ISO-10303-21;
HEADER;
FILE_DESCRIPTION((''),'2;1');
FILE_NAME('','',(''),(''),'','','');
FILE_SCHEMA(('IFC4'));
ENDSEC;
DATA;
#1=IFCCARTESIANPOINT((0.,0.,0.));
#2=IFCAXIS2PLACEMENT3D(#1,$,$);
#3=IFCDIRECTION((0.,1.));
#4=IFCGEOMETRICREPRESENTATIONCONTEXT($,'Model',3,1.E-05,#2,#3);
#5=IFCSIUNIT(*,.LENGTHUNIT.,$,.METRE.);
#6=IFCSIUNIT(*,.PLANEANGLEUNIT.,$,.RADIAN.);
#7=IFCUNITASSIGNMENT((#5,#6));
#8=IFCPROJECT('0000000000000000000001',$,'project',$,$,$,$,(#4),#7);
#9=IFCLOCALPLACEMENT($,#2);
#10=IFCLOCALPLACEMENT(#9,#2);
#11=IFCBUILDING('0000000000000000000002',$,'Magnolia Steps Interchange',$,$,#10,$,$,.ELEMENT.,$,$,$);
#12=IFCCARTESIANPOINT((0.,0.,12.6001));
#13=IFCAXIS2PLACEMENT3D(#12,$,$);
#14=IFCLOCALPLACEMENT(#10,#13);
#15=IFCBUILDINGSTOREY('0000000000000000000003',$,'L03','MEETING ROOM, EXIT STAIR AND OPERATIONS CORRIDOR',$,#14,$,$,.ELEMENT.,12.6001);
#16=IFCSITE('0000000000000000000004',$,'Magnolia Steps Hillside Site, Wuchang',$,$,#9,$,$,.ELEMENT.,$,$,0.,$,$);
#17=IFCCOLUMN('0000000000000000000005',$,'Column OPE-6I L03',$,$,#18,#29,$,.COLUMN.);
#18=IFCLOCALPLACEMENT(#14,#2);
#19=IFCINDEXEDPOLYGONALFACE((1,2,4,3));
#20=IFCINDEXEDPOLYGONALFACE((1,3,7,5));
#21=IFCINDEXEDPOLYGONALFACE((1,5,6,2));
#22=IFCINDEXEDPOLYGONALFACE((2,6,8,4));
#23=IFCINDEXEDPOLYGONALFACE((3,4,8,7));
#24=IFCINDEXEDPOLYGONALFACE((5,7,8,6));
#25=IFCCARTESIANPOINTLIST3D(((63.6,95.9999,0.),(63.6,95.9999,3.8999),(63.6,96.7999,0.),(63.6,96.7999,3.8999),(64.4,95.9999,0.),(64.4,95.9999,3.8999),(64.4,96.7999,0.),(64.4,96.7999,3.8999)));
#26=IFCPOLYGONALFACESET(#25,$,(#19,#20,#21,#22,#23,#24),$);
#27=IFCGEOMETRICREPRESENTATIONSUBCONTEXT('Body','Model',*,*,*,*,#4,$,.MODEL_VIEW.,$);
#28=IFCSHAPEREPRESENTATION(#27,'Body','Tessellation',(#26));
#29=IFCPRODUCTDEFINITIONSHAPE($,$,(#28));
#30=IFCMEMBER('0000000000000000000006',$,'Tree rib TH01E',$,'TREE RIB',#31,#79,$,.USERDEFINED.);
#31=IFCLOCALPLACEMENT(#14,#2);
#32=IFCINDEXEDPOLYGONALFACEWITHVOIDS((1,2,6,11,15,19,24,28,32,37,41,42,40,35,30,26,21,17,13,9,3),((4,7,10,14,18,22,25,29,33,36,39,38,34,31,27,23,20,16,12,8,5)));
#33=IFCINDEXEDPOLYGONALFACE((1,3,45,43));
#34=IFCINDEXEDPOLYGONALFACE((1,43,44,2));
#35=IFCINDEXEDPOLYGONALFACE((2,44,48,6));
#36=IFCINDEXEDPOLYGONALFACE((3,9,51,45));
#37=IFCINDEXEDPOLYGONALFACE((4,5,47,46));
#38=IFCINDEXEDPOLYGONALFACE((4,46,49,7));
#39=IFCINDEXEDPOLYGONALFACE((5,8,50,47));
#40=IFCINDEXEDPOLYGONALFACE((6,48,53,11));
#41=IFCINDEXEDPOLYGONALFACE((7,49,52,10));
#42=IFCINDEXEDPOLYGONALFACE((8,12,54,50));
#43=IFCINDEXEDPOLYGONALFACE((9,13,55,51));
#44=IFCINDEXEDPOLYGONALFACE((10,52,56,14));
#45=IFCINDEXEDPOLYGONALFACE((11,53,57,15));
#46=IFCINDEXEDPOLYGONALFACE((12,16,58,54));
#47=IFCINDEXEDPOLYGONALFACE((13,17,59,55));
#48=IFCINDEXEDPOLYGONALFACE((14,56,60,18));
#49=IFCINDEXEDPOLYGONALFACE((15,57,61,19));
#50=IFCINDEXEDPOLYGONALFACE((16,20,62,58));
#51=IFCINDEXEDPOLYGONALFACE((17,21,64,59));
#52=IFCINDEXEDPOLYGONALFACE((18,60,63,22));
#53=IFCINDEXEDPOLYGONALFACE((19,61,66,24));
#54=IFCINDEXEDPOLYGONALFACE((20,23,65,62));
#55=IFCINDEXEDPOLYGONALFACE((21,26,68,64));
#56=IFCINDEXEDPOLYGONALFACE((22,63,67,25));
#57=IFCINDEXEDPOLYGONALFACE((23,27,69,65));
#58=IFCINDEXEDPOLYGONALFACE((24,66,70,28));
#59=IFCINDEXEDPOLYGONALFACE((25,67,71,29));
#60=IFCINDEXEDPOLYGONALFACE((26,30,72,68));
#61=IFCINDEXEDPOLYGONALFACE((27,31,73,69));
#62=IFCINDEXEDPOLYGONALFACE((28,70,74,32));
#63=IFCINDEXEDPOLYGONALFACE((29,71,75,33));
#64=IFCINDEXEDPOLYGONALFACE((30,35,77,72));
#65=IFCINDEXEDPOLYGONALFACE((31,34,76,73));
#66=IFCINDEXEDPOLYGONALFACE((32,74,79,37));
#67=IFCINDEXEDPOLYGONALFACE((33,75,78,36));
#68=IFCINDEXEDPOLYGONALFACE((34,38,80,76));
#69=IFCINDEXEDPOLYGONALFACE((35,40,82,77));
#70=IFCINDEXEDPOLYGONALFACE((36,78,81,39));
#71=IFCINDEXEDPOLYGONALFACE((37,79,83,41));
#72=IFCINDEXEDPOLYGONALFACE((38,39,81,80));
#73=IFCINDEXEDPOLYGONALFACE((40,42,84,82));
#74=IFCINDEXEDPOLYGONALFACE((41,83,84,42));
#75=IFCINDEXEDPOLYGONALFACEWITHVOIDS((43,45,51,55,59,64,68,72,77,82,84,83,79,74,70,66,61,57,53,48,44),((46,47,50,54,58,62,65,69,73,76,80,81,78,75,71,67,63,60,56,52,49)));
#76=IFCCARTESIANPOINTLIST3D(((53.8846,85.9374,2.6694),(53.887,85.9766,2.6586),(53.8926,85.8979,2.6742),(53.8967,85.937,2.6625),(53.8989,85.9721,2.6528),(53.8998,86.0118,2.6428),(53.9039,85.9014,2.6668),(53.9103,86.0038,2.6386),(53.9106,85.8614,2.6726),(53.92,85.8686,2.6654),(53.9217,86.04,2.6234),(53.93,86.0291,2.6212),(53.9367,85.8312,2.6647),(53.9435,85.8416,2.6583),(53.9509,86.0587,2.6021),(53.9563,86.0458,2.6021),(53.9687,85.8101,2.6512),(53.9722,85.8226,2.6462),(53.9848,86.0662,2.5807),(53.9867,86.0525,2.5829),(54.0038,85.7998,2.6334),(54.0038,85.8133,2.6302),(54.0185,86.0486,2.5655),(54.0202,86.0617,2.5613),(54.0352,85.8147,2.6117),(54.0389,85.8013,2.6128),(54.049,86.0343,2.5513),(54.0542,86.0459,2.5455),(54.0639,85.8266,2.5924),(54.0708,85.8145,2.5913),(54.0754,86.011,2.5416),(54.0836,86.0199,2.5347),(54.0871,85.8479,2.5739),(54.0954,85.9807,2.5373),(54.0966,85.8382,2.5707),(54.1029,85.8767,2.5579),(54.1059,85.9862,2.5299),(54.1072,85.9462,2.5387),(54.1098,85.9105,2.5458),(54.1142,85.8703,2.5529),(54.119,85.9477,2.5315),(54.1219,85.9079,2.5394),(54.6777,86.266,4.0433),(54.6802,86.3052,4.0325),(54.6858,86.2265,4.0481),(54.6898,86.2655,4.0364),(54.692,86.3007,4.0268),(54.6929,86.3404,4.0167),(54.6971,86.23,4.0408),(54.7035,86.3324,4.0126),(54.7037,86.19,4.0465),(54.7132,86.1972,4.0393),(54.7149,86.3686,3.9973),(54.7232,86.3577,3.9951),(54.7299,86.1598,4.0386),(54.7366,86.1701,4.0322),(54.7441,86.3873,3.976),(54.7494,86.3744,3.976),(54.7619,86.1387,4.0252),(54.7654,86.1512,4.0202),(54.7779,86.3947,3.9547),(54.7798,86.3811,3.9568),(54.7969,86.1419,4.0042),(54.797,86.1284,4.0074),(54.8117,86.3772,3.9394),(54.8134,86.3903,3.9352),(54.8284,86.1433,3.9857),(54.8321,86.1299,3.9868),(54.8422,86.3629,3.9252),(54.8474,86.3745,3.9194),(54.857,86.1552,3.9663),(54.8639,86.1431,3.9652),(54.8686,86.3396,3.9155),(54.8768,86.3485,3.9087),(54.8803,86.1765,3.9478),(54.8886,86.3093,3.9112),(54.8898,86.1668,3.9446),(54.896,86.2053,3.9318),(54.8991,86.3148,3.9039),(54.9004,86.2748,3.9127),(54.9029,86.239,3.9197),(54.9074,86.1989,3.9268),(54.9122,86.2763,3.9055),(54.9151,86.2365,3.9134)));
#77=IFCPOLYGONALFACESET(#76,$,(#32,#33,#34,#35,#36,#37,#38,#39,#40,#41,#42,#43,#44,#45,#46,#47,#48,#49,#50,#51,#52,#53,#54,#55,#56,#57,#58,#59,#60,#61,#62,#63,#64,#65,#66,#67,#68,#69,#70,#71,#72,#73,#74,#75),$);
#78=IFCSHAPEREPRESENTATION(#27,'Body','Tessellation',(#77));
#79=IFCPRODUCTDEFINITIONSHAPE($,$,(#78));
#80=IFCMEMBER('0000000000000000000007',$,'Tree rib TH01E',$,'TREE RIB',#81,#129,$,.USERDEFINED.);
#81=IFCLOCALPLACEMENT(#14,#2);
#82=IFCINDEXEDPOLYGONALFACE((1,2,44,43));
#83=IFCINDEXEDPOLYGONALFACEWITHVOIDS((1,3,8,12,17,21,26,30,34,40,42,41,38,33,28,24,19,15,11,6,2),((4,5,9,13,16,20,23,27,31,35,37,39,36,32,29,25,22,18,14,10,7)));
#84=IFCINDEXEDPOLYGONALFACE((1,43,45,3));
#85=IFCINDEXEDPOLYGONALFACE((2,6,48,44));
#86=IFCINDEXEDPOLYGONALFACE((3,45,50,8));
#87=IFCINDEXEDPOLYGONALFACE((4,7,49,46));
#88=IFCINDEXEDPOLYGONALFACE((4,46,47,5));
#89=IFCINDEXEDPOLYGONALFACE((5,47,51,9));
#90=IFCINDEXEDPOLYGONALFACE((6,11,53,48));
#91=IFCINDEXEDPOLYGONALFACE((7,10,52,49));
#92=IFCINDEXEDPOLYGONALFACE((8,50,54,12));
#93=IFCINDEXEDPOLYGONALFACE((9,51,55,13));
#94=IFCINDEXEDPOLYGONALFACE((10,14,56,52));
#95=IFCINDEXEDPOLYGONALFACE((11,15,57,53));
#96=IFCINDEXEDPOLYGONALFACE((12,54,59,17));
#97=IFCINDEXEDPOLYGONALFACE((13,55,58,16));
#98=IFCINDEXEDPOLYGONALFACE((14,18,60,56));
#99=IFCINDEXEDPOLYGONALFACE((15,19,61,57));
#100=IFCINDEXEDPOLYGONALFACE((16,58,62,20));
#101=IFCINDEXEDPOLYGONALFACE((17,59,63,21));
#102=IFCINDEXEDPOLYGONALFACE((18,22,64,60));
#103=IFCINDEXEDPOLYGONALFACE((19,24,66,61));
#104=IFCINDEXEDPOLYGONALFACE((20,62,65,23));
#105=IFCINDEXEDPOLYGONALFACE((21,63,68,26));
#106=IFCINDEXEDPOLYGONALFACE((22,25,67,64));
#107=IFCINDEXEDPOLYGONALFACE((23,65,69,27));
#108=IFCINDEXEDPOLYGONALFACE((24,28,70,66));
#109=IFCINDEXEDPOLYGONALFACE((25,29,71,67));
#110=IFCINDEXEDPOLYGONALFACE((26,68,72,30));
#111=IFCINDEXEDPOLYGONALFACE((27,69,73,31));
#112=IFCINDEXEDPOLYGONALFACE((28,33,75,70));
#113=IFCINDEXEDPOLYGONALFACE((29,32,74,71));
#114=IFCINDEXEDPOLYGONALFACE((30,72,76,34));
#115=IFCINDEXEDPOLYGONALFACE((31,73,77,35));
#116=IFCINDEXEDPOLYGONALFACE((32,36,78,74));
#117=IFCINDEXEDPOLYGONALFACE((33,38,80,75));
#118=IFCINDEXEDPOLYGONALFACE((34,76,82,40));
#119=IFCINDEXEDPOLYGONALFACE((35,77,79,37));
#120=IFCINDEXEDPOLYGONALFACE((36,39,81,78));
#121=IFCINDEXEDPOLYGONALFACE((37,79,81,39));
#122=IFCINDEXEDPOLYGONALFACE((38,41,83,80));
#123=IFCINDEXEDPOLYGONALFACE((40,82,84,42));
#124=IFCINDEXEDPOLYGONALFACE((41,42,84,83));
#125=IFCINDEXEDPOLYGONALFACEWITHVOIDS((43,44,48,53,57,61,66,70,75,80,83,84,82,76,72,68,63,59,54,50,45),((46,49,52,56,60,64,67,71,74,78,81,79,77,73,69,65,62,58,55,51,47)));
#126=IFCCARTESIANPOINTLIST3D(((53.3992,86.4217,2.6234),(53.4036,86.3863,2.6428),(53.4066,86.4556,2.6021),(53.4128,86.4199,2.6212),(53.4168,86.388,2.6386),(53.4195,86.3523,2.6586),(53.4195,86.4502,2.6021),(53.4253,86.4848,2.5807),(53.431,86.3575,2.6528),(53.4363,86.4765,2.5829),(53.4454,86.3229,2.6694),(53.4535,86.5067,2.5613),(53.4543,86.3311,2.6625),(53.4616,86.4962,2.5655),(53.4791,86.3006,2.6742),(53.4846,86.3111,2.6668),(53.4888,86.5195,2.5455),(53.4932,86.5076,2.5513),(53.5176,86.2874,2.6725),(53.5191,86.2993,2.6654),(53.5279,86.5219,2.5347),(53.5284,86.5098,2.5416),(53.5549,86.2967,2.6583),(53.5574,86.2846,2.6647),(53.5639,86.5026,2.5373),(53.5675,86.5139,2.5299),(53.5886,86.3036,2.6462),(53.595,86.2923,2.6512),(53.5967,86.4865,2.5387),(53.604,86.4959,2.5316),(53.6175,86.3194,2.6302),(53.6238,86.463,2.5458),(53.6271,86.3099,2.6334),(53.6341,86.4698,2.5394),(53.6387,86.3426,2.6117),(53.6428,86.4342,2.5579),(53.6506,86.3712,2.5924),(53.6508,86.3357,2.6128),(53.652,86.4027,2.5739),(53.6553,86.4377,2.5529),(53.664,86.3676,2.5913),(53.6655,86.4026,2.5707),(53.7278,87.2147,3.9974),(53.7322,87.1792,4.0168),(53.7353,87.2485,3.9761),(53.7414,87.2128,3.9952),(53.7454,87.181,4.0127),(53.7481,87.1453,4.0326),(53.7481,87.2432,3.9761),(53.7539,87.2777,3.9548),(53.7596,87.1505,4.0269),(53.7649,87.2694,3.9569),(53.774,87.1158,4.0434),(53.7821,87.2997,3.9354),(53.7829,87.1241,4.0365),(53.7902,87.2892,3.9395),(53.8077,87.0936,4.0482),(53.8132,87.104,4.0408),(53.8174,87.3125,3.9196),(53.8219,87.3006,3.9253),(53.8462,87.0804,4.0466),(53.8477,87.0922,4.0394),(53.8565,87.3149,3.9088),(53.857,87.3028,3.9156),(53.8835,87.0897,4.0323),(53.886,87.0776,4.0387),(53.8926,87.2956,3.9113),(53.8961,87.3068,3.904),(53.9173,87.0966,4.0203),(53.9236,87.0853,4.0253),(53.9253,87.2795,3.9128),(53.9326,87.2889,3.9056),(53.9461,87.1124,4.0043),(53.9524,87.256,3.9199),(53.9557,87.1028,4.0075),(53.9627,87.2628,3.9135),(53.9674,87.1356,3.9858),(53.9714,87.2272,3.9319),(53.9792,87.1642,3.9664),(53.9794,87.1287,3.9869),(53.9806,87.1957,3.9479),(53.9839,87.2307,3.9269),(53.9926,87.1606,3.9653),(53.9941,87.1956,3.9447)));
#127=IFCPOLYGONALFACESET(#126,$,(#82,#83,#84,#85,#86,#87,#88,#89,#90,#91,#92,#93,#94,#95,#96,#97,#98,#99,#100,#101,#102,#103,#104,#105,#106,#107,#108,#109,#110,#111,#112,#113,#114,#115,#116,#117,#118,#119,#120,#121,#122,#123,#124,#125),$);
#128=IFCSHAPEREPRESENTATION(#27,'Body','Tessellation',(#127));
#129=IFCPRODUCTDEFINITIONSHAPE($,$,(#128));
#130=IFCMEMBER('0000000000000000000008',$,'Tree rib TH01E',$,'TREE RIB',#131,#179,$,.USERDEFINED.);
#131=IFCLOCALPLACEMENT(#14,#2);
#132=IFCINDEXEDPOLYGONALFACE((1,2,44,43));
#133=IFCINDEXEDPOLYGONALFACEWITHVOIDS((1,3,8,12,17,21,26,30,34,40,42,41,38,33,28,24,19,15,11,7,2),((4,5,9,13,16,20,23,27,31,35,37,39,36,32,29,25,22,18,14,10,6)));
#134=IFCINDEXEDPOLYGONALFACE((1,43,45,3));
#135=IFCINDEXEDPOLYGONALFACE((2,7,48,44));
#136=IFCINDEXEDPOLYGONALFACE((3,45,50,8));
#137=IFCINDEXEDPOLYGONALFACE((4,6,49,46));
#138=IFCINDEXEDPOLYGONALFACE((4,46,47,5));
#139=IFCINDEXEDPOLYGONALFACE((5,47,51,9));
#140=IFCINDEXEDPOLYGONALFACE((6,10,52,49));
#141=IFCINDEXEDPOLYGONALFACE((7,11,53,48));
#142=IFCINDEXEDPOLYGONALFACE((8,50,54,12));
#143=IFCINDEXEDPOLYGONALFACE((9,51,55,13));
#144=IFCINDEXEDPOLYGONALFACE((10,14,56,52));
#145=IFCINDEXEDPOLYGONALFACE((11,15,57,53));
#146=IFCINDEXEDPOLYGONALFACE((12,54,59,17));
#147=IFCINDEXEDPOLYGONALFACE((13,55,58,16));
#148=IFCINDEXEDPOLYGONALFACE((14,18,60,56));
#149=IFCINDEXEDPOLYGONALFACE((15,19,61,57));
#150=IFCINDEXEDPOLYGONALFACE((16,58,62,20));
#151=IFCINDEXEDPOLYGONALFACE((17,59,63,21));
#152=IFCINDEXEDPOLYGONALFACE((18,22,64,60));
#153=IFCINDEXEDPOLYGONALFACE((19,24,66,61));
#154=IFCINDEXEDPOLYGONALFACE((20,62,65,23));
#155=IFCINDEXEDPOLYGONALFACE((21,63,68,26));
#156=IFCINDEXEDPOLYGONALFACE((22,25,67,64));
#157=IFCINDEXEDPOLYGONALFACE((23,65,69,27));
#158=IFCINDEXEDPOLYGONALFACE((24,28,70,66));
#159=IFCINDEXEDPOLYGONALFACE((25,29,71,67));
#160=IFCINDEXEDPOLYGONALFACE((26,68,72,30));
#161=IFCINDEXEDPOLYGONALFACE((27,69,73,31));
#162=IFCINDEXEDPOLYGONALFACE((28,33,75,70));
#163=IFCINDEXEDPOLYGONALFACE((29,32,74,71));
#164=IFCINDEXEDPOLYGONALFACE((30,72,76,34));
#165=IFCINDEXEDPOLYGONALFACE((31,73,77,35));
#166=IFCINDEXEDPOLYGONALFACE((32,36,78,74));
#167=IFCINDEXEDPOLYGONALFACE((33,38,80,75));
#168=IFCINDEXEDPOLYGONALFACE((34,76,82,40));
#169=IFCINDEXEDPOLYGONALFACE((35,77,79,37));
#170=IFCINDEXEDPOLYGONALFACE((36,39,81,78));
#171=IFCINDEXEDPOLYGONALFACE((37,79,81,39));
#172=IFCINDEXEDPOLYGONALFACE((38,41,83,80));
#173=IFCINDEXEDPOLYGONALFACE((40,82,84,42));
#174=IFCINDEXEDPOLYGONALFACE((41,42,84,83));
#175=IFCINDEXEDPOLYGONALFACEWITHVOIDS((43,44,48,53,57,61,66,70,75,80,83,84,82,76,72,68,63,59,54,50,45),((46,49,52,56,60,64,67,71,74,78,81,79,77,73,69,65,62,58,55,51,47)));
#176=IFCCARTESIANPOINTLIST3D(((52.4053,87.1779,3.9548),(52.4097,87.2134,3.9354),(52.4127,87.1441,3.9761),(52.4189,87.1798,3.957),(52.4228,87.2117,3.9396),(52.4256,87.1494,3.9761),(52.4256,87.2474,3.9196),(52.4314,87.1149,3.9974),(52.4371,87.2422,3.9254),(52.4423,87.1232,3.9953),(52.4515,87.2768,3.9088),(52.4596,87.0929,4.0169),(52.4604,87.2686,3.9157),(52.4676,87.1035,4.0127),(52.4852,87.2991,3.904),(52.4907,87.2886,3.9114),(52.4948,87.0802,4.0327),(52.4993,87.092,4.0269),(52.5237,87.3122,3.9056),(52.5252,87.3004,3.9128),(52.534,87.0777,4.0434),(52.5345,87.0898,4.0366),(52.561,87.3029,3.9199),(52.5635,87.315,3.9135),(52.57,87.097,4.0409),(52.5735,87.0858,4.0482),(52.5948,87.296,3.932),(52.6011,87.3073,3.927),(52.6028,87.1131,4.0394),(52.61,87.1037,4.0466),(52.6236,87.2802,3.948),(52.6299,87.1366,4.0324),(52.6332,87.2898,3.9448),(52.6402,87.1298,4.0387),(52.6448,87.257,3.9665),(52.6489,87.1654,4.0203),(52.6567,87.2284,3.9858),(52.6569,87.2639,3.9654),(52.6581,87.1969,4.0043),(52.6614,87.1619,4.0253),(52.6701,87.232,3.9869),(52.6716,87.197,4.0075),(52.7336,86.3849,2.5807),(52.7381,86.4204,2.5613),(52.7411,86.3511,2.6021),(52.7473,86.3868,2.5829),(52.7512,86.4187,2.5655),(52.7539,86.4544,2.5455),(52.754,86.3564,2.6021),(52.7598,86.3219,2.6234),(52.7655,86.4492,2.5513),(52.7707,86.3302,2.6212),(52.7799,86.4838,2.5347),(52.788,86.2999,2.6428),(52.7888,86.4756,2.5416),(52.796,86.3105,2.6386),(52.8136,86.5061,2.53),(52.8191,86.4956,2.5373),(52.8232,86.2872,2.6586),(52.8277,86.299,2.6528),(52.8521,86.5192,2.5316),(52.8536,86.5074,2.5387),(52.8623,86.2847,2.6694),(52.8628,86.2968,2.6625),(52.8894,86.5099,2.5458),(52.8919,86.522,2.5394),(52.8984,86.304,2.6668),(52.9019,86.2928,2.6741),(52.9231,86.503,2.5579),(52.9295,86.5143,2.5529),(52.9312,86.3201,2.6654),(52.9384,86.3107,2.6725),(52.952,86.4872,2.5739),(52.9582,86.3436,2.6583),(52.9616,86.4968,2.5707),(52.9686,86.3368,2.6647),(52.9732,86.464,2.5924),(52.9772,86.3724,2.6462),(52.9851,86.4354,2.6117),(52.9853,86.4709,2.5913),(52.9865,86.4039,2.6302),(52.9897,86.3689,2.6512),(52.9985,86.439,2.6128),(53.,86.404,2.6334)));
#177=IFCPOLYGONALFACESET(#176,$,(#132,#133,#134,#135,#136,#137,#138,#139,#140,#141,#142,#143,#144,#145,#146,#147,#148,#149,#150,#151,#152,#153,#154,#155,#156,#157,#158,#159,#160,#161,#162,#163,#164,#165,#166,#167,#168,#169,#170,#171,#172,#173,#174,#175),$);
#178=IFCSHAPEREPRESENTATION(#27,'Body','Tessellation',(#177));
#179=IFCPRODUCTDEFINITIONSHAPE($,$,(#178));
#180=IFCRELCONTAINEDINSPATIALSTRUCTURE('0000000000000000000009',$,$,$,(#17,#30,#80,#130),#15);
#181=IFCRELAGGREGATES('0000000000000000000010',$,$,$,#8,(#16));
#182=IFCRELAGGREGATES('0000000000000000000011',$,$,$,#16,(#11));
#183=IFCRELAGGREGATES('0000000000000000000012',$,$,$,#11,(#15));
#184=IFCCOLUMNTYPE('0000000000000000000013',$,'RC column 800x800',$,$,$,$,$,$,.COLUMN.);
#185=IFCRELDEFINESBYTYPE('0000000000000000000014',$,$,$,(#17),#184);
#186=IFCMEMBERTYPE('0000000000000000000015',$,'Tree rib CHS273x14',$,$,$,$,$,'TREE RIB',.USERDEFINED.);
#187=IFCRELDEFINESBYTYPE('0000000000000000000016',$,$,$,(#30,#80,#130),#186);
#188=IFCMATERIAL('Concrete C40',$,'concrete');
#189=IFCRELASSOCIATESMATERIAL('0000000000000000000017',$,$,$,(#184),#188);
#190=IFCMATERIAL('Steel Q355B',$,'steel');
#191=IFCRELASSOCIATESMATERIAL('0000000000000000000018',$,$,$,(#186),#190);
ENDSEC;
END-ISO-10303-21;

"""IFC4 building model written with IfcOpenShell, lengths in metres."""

from ifc_helpers import new_model, si_unit, direction, frame, origin, origin_2d, place, context, subcontext, project, spatial, rectangle, hollow_circle, extrude, material, material_profile, profile_set, type_object, element, save


model = new_model("IFC4")

# Units and contexts
model_context = context("Model", 3, precision=1e-05, world=origin(), true_north=direction((0.0, 1.0)))
body_context = subcontext(model_context, "Body", "Model", "MODEL_VIEW")
ifc_project = project(units=[si_unit("LENGTHUNIT", "METRE"), si_unit("PLANEANGLEUNIT", "RADIAN")], contexts=[model_context])

# Site, building, storey
site_placement = place(None, origin())
site = spatial("IfcSite", under=ifc_project, at=site_placement, Name="Magnolia Steps Hillside Site, Wuchang", CompositionType="ELEMENT", RefElevation=0.0)
building_placement = place(site_placement, origin())
building = spatial("IfcBuilding", under=site, at=building_placement, Name="Magnolia Steps Interchange", CompositionType="ELEMENT")
storey_placement = place(building_placement, frame((0.0, 0.0, 12.6001)))
storey = spatial("IfcBuildingStorey", under=building, at=storey_placement, Name="L03", Description="MEETING ROOM, EXIT STAIR AND OPERATIONS CORRIDOR", CompositionType="ELEMENT", Elevation=12.6001)

# Column
ifc_material_1 = material(Name="Concrete C40", Category="concrete")
ifc_material_profile_1 = material_profile(ifc_material_1, rectangle(XDim=0.8, YDim=0.8, at=origin_2d()), Name="RC800x800")
ifc_profile_set_1 = profile_set([ifc_material_profile_1], Name="Concrete C40")
column_type = type_object("IfcColumnType", Name="RC column 800x800", PredefinedType="COLUMN", material=ifc_profile_set_1)
column_placement = place(storey_placement, frame((64.0, 96.3999, 0.0), z_axis=(0.0, 0.0, 1.0), x_axis=(1.0, 0.0, 0.0)))
element("IfcColumn", 1, at=column_placement, inside=storey, type_object=column_type, Name="Column OPE-6I L03", PredefinedType="COLUMN", context=body_context, shape_type="SweptSolid", body=[
    extrude(rectangle(XDim=0.8, YDim=0.8, at=origin_2d()), origin(), (0.0, 0.0, 1.0), 3.8999),
])

# Members
ifc_material_2 = material(Name="Steel Q355B", Category="steel")
ifc_material_profile_2 = material_profile(ifc_material_2, hollow_circle(Radius=0.1365, WallThickness=0.0139, at=origin_2d()), Name="CHS273x14")
ifc_profile_set_2 = profile_set([ifc_material_profile_2], Name="Steel Q355B")
member_type = type_object("IfcMemberType", Name="Tree rib CHS273x14", ElementType="TREE RIB", PredefinedType="USERDEFINED", material=ifc_profile_set_2)
for number, where, z_axis, x_axis, name in (
    (2, (54.0032, 85.9326, 2.6021), (0.489571, 0.20282, 0.848047), (-0.382737, 0.923857, 0.0), "Tree rib TH01E"),
    (3, (53.5327, 86.4033, 2.6021), (0.202835, 0.489456, 0.84811), (-0.923816, 0.382837, 0.0), "Tree rib TH01E"),
    (4, (52.8672, 86.4033, 2.6021), (-0.202691, 0.489471, 0.848136), (-0.923916, -0.382595, 0.0), "Tree rib TH01E"),
):
    element("IfcMember", number, at=place(storey_placement, frame(where, z_axis=z_axis, x_axis=x_axis)), inside=storey, type_object=member_type, Name=name, ObjectType="TREE RIB", PredefinedType="USERDEFINED", context=body_context, shape_type="SweptSolid", body=[
        extrude(hollow_circle(Radius=0.1365, WallThickness=0.0139, at=origin_2d()), origin(), (0.0, 0.0, 1.0), 1.6201),
    ])

save(model, "model.ifc")
